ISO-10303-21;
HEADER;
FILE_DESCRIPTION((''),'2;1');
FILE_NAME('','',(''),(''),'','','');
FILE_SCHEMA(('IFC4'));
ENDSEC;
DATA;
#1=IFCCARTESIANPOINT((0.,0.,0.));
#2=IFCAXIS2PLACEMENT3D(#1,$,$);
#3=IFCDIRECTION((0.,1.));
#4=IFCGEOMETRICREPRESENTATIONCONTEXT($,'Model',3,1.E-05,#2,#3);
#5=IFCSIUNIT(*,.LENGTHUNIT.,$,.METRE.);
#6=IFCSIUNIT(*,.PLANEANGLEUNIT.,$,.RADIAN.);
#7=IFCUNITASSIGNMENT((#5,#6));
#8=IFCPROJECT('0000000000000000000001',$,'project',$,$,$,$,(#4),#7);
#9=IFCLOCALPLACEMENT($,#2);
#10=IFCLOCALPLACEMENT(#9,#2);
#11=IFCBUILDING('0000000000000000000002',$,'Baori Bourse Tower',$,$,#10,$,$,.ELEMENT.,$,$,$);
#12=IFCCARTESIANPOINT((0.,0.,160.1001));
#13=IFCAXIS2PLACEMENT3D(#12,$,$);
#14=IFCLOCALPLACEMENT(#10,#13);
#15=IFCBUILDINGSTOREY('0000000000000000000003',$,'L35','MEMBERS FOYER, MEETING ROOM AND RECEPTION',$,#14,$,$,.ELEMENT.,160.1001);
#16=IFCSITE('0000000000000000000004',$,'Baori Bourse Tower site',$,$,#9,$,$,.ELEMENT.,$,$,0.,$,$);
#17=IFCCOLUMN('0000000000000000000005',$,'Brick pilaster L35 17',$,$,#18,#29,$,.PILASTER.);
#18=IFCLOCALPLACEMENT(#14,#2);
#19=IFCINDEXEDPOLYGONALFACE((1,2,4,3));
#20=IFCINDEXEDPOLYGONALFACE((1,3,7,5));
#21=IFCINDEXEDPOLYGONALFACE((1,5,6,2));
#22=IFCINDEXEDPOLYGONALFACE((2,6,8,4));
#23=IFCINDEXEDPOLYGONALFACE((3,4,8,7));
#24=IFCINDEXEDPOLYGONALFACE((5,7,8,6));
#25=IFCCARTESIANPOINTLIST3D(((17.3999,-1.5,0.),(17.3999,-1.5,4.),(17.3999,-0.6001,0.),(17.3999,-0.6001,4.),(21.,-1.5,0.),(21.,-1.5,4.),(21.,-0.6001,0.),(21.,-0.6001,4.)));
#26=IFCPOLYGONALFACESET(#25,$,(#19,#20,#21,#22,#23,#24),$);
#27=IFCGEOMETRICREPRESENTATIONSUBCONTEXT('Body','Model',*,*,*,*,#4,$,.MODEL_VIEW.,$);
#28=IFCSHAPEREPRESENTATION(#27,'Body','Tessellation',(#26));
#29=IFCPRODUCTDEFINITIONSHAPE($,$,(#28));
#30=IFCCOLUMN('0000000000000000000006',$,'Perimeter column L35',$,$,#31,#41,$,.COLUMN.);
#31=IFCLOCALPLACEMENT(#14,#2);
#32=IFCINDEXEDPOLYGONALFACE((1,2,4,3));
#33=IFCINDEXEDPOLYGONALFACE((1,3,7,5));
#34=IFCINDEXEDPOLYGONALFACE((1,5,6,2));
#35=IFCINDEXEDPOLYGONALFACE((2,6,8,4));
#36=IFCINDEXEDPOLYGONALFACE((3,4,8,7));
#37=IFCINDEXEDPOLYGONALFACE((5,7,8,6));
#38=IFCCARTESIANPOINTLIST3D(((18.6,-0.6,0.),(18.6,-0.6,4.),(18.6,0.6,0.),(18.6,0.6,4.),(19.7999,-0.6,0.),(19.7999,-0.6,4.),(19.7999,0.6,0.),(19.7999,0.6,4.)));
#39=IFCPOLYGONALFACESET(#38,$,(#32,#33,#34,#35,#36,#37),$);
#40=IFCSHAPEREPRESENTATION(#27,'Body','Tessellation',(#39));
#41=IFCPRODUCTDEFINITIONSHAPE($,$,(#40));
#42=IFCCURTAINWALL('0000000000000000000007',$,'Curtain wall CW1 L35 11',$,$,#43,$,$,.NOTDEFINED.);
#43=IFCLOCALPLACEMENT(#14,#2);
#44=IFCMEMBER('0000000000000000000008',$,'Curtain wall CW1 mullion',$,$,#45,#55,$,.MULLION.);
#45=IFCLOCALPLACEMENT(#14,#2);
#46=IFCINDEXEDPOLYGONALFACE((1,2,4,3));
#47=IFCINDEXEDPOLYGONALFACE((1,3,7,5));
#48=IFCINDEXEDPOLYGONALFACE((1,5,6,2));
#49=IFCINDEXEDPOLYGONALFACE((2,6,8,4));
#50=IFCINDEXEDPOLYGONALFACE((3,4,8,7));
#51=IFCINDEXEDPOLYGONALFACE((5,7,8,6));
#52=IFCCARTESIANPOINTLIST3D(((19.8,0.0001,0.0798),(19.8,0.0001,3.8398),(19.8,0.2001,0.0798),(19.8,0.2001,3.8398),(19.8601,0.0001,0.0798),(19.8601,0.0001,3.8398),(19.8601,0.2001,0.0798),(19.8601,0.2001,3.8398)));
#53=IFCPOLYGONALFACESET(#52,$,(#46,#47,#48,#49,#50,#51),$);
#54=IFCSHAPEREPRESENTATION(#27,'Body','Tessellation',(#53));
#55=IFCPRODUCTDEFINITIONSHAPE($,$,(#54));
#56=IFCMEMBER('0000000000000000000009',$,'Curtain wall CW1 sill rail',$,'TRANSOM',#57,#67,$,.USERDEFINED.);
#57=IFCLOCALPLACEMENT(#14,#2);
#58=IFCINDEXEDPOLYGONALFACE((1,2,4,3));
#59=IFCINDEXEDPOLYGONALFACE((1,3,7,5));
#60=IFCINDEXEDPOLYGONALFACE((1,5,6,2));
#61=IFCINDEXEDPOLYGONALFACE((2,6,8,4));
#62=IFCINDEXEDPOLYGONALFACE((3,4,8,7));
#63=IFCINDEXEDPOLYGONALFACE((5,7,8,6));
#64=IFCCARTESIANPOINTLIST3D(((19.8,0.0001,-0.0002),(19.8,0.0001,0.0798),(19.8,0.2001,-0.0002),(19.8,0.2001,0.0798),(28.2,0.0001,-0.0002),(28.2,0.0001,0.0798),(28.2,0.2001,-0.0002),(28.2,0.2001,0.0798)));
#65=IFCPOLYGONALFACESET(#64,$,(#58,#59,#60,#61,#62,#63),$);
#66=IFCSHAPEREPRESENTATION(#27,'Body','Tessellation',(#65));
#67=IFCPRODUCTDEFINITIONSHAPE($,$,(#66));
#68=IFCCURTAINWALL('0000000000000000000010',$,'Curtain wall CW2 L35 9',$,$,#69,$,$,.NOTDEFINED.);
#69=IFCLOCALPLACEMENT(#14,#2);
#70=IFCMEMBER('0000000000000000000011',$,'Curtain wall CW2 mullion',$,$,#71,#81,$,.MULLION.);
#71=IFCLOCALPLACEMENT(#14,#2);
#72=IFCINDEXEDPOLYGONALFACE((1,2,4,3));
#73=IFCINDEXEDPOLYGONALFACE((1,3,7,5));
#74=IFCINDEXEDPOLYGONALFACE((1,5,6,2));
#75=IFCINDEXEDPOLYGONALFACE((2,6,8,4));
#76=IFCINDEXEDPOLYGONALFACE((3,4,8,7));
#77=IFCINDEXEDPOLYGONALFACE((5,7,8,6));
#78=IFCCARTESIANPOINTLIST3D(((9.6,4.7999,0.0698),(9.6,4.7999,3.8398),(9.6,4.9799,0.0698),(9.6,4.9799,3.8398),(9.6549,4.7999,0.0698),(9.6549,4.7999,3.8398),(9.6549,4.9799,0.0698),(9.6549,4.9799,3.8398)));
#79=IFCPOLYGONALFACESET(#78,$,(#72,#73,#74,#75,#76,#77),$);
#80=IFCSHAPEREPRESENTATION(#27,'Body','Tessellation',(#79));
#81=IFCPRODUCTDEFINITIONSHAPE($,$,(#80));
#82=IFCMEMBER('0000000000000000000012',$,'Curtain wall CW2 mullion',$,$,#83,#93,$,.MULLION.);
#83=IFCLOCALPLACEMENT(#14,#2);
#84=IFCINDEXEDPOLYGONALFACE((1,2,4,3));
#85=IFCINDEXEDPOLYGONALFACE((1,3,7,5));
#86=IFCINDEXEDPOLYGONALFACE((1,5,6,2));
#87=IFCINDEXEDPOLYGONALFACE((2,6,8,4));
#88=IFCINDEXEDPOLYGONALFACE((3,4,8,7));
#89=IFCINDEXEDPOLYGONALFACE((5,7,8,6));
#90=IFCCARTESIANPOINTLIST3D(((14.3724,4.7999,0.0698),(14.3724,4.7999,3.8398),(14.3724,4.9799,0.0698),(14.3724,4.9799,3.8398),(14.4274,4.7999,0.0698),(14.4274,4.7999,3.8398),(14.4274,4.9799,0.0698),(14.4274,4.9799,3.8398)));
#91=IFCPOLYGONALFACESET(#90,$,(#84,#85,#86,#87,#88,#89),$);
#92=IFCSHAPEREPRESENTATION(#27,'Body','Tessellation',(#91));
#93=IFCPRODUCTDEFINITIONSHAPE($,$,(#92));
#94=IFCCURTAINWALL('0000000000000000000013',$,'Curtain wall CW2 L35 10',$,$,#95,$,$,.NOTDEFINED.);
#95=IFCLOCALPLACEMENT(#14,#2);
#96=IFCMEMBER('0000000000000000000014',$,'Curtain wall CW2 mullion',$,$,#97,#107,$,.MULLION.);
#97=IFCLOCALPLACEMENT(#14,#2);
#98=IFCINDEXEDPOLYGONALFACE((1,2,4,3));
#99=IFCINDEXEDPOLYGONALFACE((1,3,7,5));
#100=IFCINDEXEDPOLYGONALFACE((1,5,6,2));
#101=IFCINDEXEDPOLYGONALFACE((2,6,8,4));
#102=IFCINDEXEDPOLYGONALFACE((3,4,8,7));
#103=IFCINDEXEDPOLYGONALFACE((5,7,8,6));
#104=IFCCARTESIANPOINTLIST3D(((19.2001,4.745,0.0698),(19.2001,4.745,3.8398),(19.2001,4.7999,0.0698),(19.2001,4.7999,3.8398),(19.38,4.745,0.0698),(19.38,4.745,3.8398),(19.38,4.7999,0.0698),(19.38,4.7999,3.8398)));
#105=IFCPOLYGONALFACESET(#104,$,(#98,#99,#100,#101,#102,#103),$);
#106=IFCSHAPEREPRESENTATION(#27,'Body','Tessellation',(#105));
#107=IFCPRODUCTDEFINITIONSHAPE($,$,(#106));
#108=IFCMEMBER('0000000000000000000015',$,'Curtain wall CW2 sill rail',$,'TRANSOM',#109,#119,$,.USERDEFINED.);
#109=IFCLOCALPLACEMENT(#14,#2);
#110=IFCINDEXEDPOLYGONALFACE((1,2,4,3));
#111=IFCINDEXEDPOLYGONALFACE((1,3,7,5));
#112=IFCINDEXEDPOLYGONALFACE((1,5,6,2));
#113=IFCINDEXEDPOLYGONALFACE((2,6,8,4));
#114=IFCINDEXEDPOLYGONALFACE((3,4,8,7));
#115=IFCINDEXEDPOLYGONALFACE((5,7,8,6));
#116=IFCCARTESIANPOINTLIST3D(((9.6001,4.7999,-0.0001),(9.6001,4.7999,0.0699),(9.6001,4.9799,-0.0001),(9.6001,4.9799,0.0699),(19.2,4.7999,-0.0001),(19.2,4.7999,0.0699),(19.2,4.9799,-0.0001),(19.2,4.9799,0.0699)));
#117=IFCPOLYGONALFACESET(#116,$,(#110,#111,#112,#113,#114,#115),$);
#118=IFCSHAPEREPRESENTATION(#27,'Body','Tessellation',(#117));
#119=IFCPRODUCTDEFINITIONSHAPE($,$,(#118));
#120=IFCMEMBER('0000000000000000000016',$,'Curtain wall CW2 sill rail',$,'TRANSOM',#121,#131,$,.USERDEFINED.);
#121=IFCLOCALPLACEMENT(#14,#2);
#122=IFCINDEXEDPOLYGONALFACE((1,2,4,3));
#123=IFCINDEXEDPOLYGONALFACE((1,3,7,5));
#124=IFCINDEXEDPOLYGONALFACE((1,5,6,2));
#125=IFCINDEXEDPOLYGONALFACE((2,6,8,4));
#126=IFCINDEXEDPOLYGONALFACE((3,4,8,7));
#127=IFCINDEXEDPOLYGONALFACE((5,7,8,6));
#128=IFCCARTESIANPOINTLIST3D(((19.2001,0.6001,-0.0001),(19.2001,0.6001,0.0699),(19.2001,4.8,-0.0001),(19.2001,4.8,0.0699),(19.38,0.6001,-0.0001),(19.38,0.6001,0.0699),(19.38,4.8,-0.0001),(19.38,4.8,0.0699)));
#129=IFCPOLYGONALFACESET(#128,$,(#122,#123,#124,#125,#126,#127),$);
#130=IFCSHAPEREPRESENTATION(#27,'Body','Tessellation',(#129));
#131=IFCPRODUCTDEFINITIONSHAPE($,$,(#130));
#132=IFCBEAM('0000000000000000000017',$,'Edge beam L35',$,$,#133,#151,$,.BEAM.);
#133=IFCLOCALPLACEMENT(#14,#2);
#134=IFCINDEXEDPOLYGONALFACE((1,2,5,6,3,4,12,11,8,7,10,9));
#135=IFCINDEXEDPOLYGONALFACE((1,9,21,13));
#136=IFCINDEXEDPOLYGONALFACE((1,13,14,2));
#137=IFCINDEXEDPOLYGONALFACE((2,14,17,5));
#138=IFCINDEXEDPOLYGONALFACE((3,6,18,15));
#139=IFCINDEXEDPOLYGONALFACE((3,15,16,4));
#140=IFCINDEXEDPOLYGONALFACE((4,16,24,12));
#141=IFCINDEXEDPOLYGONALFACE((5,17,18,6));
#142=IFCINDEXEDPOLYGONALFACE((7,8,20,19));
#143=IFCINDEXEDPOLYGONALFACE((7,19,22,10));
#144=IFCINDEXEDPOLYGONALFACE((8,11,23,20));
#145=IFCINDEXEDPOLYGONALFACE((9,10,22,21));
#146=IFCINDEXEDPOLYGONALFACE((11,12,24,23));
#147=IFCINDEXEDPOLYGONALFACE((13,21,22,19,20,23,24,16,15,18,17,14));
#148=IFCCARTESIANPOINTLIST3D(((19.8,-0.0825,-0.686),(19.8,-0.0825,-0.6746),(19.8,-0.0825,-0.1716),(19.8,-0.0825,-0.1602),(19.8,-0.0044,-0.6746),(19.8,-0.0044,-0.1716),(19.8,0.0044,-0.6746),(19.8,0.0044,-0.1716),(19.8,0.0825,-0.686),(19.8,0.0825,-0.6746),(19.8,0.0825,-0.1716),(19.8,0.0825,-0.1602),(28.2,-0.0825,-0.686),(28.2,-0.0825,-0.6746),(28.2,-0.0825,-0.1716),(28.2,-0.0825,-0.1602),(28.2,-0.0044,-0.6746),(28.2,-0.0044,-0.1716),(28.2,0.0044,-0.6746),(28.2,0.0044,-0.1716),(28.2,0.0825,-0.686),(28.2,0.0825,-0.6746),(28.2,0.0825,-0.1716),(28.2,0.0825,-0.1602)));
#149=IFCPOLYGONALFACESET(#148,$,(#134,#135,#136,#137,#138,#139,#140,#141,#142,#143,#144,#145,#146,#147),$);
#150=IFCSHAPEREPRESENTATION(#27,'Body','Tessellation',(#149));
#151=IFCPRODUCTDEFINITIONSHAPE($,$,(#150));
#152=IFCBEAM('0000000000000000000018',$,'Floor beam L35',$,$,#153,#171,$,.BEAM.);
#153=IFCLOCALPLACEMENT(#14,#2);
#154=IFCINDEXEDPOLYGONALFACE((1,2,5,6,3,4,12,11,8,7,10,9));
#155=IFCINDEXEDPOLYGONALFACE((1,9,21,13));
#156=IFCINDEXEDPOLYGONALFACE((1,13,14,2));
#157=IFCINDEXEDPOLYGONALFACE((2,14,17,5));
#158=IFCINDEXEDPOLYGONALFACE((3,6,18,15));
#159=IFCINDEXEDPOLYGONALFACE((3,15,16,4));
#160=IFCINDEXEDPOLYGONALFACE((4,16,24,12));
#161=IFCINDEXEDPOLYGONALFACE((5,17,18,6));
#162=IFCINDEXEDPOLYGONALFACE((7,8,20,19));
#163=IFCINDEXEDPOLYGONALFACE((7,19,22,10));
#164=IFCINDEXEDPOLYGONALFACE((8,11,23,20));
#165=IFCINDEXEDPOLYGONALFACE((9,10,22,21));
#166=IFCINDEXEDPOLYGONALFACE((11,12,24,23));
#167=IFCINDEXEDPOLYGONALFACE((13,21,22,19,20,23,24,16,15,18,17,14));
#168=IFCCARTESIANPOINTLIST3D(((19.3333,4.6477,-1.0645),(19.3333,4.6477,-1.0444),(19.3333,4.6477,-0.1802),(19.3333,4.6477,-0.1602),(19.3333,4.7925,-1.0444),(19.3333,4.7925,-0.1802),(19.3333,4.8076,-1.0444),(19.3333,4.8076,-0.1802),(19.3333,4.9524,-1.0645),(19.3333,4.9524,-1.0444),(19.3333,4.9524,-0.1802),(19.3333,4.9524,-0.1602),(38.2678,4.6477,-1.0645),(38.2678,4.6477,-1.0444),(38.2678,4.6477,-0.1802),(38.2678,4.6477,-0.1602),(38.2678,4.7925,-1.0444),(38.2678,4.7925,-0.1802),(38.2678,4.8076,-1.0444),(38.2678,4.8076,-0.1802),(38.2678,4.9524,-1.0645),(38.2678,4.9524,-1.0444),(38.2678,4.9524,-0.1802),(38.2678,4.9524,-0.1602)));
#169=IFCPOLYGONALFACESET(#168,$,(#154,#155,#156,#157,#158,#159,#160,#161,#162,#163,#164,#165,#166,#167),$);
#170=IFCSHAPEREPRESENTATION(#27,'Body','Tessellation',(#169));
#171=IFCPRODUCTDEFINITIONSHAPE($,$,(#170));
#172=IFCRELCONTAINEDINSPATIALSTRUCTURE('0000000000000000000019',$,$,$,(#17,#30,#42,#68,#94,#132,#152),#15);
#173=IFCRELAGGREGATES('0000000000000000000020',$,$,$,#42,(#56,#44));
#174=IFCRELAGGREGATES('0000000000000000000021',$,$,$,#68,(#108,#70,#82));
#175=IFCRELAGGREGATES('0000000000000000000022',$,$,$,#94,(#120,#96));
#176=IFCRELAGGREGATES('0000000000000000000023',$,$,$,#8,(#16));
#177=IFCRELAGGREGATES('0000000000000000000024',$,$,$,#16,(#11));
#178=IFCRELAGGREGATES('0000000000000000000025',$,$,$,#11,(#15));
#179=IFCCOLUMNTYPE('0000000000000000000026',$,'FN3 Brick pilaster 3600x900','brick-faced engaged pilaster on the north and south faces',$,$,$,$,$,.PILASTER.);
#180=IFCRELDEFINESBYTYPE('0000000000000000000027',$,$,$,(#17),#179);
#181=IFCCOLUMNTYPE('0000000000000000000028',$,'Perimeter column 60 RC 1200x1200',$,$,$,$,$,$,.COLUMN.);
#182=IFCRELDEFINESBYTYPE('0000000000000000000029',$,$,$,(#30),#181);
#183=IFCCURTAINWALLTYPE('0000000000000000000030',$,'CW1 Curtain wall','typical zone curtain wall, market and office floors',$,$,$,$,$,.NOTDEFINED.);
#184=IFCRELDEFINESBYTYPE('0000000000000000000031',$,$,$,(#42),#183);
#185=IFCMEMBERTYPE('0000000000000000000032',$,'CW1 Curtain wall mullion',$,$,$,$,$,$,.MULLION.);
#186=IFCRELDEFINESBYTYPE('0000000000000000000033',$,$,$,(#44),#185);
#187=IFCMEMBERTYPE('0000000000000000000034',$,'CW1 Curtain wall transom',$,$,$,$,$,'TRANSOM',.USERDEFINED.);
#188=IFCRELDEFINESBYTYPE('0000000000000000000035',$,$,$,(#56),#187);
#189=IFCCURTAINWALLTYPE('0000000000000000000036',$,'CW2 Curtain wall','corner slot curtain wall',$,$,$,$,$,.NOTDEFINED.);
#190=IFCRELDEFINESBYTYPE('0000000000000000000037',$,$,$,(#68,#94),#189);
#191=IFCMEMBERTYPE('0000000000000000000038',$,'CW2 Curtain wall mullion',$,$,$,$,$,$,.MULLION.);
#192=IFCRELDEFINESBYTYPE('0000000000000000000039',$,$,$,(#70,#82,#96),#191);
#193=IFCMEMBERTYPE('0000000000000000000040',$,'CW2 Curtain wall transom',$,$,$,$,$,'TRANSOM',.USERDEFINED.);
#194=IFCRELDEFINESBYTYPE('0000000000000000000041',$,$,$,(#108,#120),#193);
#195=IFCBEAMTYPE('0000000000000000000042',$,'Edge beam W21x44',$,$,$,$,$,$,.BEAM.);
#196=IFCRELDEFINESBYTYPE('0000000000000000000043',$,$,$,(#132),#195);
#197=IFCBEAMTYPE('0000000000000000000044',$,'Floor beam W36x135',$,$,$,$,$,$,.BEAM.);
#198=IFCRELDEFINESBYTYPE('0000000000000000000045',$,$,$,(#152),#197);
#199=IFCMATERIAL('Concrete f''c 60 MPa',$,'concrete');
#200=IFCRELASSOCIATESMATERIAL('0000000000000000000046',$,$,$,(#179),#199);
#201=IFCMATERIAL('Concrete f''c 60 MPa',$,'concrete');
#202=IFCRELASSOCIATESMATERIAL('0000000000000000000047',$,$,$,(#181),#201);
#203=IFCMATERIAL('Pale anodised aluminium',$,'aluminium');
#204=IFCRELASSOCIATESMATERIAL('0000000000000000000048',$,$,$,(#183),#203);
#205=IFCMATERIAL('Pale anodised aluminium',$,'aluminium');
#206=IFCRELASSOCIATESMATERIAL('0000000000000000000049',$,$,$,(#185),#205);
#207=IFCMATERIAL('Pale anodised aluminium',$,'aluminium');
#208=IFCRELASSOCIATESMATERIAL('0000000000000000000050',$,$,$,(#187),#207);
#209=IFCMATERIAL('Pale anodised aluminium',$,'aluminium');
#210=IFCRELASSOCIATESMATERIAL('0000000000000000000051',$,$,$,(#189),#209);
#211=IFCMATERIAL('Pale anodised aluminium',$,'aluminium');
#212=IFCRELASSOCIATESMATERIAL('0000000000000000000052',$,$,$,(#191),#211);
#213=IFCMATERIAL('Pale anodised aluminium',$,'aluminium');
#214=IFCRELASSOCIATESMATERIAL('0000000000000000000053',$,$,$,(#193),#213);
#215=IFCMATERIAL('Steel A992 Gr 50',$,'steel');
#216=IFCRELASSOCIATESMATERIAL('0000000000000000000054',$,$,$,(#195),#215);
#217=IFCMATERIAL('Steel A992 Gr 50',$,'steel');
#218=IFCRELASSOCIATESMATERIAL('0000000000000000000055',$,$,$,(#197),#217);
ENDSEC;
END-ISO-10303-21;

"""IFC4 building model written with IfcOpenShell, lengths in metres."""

from ifc_helpers import new_model, si_unit, direction, frame, origin, origin_2d, place, context, subcontext, project, spatial, rectangle, i_section, extrude, material, material_profile, profile_set, type_object, element, aggregate, save


model = new_model("IFC4")

# Units and contexts
model_context = context("Model", 3, precision=1e-05, world=origin(), true_north=direction((0.0, 1.0)))
body_context = subcontext(model_context, "Body", "Model", "MODEL_VIEW")
ifc_project = project(units=[si_unit("LENGTHUNIT", "METRE"), si_unit("PLANEANGLEUNIT", "RADIAN")], contexts=[model_context])

# Site, building, storey
site_placement = place(None, origin())
site = spatial("IfcSite", under=ifc_project, at=site_placement, Name="Baori Bourse Tower site", CompositionType="ELEMENT", RefElevation=0.0)
building_placement = place(site_placement, origin())
building = spatial("IfcBuilding", under=site, at=building_placement, Name="Baori Bourse Tower", CompositionType="ELEMENT")
storey_placement = place(building_placement, frame((0.0, 0.0, 160.1001)))
storey = spatial("IfcBuildingStorey", under=building, at=storey_placement, Name="L35", Description="MEMBERS FOYER, MEETING ROOM AND RECEPTION", CompositionType="ELEMENT", Elevation=160.1001)

# Columns
ifc_material_1 = material(Name="Concrete f'c 60 MPa", Category="concrete")
ifc_material_profile_1 = material_profile(ifc_material_1, rectangle(XDim=3.6001, YDim=0.8999, at=origin_2d()), Name="RC 3600x900")
ifc_profile_set_1 = profile_set([ifc_material_profile_1], Name="Concrete f'c 60 MPa")
column_type_1 = type_object("IfcColumnType", Name="FN3 Brick pilaster 3600x900", Description="brick-faced engaged pilaster on the north and south faces", PredefinedType="PILASTER", material=ifc_profile_set_1)
column_1_placement = place(storey_placement, frame((19.2, -1.05, 0.0), z_axis=(0.0, 0.0, 1.0), x_axis=(1.0, 0.0, 0.0)))
element("IfcColumn", 1, at=column_1_placement, inside=storey, type_object=column_type_1, Name="Brick pilaster L35 17", PredefinedType="PILASTER", context=body_context, shape_type="SweptSolid", body=[
    extrude(rectangle(XDim=3.6001, YDim=0.8999, at=origin_2d()), origin(), (0.0, 0.0, 1.0), 4.0),
])
ifc_material_2 = material(Name="Concrete f'c 60 MPa", Category="concrete")
ifc_material_profile_2 = material_profile(ifc_material_2, rectangle(XDim=1.2, YDim=1.2, at=origin_2d()), Name="RC 1200x1200")
ifc_profile_set_2 = profile_set([ifc_material_profile_2], Name="Concrete f'c 60 MPa")
column_type_2 = type_object("IfcColumnType", Name="Perimeter column 60 RC 1200x1200", PredefinedType="COLUMN", material=ifc_profile_set_2)
column_2_placement = place(storey_placement, frame((19.2, 0.0, 0.0), z_axis=(0.0, 0.0, 1.0), x_axis=(1.0, 0.0, 0.0)))
element("IfcColumn", 2, at=column_2_placement, inside=storey, type_object=column_type_2, Name="Perimeter column L35", PredefinedType="COLUMN", context=body_context, shape_type="SweptSolid", body=[
    extrude(rectangle(XDim=1.2, YDim=1.2, at=origin_2d()), origin(), (0.0, 0.0, 1.0), 4.0),
])

# Curtain walls, members
ifc_material_3 = material(Name="Pale anodised aluminium", Category="aluminium")
curtain_wall_type_1 = type_object("IfcCurtainWallType", Name="CW1 Curtain wall", Description="typical zone curtain wall, market and office floors", PredefinedType="NOTDEFINED", material=ifc_material_3)
curtain_wall_1_placement = place(storey_placement, origin())
curtain_wall_1 = element("IfcCurtainWall", 3, at=curtain_wall_1_placement, inside=storey, type_object=curtain_wall_type_1, Name="Curtain wall CW1 L35 11", PredefinedType="NOTDEFINED")
ifc_material_4 = material(Name="Pale anodised aluminium", Category="aluminium")
ifc_material_profile_3 = material_profile(ifc_material_4, rectangle(XDim=0.2, YDim=0.0601, at=origin_2d()), Name="Mullion 60x200")
ifc_profile_set_3 = profile_set([ifc_material_profile_3], Name="Pale anodised aluminium")
member_type_1 = type_object("IfcMemberType", Name="CW1 Curtain wall mullion", PredefinedType="MULLION", material=ifc_profile_set_3)
member_1_placement = place(storey_placement, frame((19.8301, 0.1001, 0.0798), z_axis=(0.0, 0.0, 1.0), x_axis=(0.0, 1.0, 0.0)))
member_1 = element("IfcMember", 4, at=member_1_placement, type_object=member_type_1, Name="Curtain wall CW1 mullion", PredefinedType="MULLION", context=body_context, shape_type="SweptSolid", body=[
    extrude(rectangle(XDim=0.2, YDim=0.0601, at=origin_2d()), origin(), (0.0, 0.0, 1.0), 3.76),
])
ifc_material_5 = material(Name="Pale anodised aluminium", Category="aluminium")
ifc_material_profile_4 = material_profile(ifc_material_5, rectangle(XDim=0.2, YDim=0.0801, at=origin_2d()), Name="Transom 80x200")
ifc_profile_set_4 = profile_set([ifc_material_profile_4], Name="Pale anodised aluminium")
member_type_2 = type_object("IfcMemberType", Name="CW1 Curtain wall transom", ElementType="TRANSOM", PredefinedType="USERDEFINED", material=ifc_profile_set_4)
member_2_placement = place(storey_placement, frame((19.8, 0.1001, 0.0398), z_axis=(1.0, 0.0, 0.0), x_axis=(0.0, 1.0, 0.0)))
member_2 = element("IfcMember", 5, at=member_2_placement, type_object=member_type_2, Name="Curtain wall CW1 sill rail", ObjectType="TRANSOM", PredefinedType="USERDEFINED", context=body_context, shape_type="SweptSolid", body=[
    extrude(rectangle(XDim=0.2, YDim=0.0801, at=origin_2d()), origin(), (0.0, 0.0, 1.0), 8.3999),
])
aggregate(curtain_wall_1, [member_2, member_1])
ifc_material_6 = material(Name="Pale anodised aluminium", Category="aluminium")
curtain_wall_type_2 = type_object("IfcCurtainWallType", Name="CW2 Curtain wall", Description="corner slot curtain wall", PredefinedType="NOTDEFINED", material=ifc_material_6)
curtain_wall_2_placement = place(storey_placement, origin())
curtain_wall_2 = element("IfcCurtainWall", 6, at=curtain_wall_2_placement, inside=storey, type_object=curtain_wall_type_2, Name="Curtain wall CW2 L35 9", PredefinedType="NOTDEFINED")
ifc_material_7 = material(Name="Pale anodised aluminium", Category="aluminium")
ifc_material_profile_5 = material_profile(ifc_material_7, rectangle(XDim=0.1799, YDim=0.0549, at=origin_2d()), Name="Mullion 55x180")
ifc_profile_set_5 = profile_set([ifc_material_profile_5], Name="Pale anodised aluminium")
member_type_3 = type_object("IfcMemberType", Name="CW2 Curtain wall mullion", PredefinedType="MULLION", material=ifc_profile_set_5)
member_3_placement = place(storey_placement, frame((9.6274, 4.8899, 0.0698), z_axis=(0.0, 0.0, 1.0), x_axis=(0.0, 1.0, 0.0)))
member_3 = element("IfcMember", 7, at=member_3_placement, type_object=member_type_3, Name="Curtain wall CW2 mullion", PredefinedType="MULLION", context=body_context, shape_type="SweptSolid", body=[
    extrude(rectangle(XDim=0.1799, YDim=0.0549, at=origin_2d()), origin(), (0.0, 0.0, 1.0), 3.77),
])
member_4_placement = place(storey_placement, frame((14.3999, 4.8899, 0.0698), z_axis=(0.0, 0.0, 1.0), x_axis=(0.0, 1.0, 0.0)))
member_4 = element("IfcMember", 8, at=member_4_placement, type_object=member_type_3, Name="Curtain wall CW2 mullion", PredefinedType="MULLION", context=body_context, shape_type="SweptSolid", body=[
    extrude(rectangle(XDim=0.1799, YDim=0.0549, at=origin_2d()), origin(), (0.0, 0.0, 1.0), 3.77),
])

# Curtain wall, member
curtain_wall_3_placement = place(storey_placement, origin())
curtain_wall_3 = element("IfcCurtainWall", 9, at=curtain_wall_3_placement, inside=storey, type_object=curtain_wall_type_2, Name="Curtain wall CW2 L35 10", PredefinedType="NOTDEFINED")
member_5_placement = place(storey_placement, frame((19.29, 4.7725, 0.0698), z_axis=(0.0, 0.0, 1.0), x_axis=(1.0, 0.0, 0.0)))
member_5 = element("IfcMember", 10, at=member_5_placement, type_object=member_type_3, Name="Curtain wall CW2 mullion", PredefinedType="MULLION", context=body_context, shape_type="SweptSolid", body=[
    extrude(rectangle(XDim=0.1799, YDim=0.0549, at=origin_2d()), origin(), (0.0, 0.0, 1.0), 3.77),
])

# Members
ifc_material_8 = material(Name="Pale anodised aluminium", Category="aluminium")
ifc_material_profile_6 = material_profile(ifc_material_8, rectangle(XDim=0.1799, YDim=0.0701, at=origin_2d()), Name="Transom 70x180")
ifc_profile_set_6 = profile_set([ifc_material_profile_6], Name="Pale anodised aluminium")
member_type_4 = type_object("IfcMemberType", Name="CW2 Curtain wall transom", ElementType="TRANSOM", PredefinedType="USERDEFINED", material=ifc_profile_set_6)
member_6_placement = place(storey_placement, frame((9.6001, 4.8899, 0.0349), z_axis=(1.0, 0.0, 0.0), x_axis=(0.0, 1.0, 0.0)))
member_6 = element("IfcMember", 11, at=member_6_placement, type_object=member_type_4, Name="Curtain wall CW2 sill rail", ObjectType="TRANSOM", PredefinedType="USERDEFINED", context=body_context, shape_type="SweptSolid", body=[
    extrude(rectangle(XDim=0.1799, YDim=0.0701, at=origin_2d()), origin(), (0.0, 0.0, 1.0), 9.5999),
])
member_7_placement = place(storey_placement, frame((19.29, 4.8, 0.0349), z_axis=(0.0, -1.0, 0.0), x_axis=(1.0, 0.0, 0.0)))
member_7 = element("IfcMember", 12, at=member_7_placement, type_object=member_type_4, Name="Curtain wall CW2 sill rail", ObjectType="TRANSOM", PredefinedType="USERDEFINED", context=body_context, shape_type="SweptSolid", body=[
    extrude(rectangle(XDim=0.1799, YDim=0.0701, at=origin_2d()), origin(), (0.0, 0.0, 1.0), 4.2),
])

# Beams
ifc_material_9 = material(Name="Steel A992 Gr 50", Category="steel")
ifc_material_profile_7 = material_profile(ifc_material_9, i_section(OverallWidth=0.165, OverallDepth=0.5259, WebThickness=0.0088, FlangeThickness=0.0115, at=origin_2d()), Name="W21x44")
ifc_profile_set_7 = profile_set([ifc_material_profile_7], Name="Steel A992 Gr 50")
beam_type_1 = type_object("IfcBeamType", Name="Edge beam W21x44", PredefinedType="BEAM", material=ifc_profile_set_7)
beam_1_placement = place(storey_placement, frame((19.8, 0.0, -0.4231), z_axis=(1.0, 0.0, 0.0), x_axis=(0.0, 1.0, 0.0)))
element("IfcBeam", 13, at=beam_1_placement, inside=storey, type_object=beam_type_1, Name="Edge beam L35", PredefinedType="BEAM", context=body_context, shape_type="SweptSolid", body=[
    extrude(i_section(OverallWidth=0.165, OverallDepth=0.5259, WebThickness=0.0088, FlangeThickness=0.0115, at=origin_2d()), origin(), (0.0, 0.0, 1.0), 8.3999),
])
ifc_material_10 = material(Name="Steel A992 Gr 50", Category="steel")
ifc_material_profile_8 = material_profile(ifc_material_10, i_section(OverallWidth=0.3047, OverallDepth=0.9043, WebThickness=0.0151, FlangeThickness=0.02, at=origin_2d()), Name="W36x135")
ifc_profile_set_8 = profile_set([ifc_material_profile_8], Name="Steel A992 Gr 50")
beam_type_2 = type_object("IfcBeamType", Name="Floor beam W36x135", PredefinedType="BEAM", material=ifc_profile_set_8)
beam_2_placement = place(storey_placement, frame((19.3333, 4.8, -0.6123), z_axis=(1.0, 0.0, 0.0), x_axis=(0.0, 1.0, 0.0)))
element("IfcBeam", 14, at=beam_2_placement, inside=storey, type_object=beam_type_2, Name="Floor beam L35", PredefinedType="BEAM", context=body_context, shape_type="SweptSolid", body=[
    extrude(i_section(OverallWidth=0.3047, OverallDepth=0.9043, WebThickness=0.0151, FlangeThickness=0.02, at=origin_2d()), origin(), (0.0, 0.0, 1.0), 18.9346),
])

aggregate(curtain_wall_2, [member_6, member_3, member_4])
aggregate(curtain_wall_3, [member_7, member_5])

save(model, "model.ifc")
